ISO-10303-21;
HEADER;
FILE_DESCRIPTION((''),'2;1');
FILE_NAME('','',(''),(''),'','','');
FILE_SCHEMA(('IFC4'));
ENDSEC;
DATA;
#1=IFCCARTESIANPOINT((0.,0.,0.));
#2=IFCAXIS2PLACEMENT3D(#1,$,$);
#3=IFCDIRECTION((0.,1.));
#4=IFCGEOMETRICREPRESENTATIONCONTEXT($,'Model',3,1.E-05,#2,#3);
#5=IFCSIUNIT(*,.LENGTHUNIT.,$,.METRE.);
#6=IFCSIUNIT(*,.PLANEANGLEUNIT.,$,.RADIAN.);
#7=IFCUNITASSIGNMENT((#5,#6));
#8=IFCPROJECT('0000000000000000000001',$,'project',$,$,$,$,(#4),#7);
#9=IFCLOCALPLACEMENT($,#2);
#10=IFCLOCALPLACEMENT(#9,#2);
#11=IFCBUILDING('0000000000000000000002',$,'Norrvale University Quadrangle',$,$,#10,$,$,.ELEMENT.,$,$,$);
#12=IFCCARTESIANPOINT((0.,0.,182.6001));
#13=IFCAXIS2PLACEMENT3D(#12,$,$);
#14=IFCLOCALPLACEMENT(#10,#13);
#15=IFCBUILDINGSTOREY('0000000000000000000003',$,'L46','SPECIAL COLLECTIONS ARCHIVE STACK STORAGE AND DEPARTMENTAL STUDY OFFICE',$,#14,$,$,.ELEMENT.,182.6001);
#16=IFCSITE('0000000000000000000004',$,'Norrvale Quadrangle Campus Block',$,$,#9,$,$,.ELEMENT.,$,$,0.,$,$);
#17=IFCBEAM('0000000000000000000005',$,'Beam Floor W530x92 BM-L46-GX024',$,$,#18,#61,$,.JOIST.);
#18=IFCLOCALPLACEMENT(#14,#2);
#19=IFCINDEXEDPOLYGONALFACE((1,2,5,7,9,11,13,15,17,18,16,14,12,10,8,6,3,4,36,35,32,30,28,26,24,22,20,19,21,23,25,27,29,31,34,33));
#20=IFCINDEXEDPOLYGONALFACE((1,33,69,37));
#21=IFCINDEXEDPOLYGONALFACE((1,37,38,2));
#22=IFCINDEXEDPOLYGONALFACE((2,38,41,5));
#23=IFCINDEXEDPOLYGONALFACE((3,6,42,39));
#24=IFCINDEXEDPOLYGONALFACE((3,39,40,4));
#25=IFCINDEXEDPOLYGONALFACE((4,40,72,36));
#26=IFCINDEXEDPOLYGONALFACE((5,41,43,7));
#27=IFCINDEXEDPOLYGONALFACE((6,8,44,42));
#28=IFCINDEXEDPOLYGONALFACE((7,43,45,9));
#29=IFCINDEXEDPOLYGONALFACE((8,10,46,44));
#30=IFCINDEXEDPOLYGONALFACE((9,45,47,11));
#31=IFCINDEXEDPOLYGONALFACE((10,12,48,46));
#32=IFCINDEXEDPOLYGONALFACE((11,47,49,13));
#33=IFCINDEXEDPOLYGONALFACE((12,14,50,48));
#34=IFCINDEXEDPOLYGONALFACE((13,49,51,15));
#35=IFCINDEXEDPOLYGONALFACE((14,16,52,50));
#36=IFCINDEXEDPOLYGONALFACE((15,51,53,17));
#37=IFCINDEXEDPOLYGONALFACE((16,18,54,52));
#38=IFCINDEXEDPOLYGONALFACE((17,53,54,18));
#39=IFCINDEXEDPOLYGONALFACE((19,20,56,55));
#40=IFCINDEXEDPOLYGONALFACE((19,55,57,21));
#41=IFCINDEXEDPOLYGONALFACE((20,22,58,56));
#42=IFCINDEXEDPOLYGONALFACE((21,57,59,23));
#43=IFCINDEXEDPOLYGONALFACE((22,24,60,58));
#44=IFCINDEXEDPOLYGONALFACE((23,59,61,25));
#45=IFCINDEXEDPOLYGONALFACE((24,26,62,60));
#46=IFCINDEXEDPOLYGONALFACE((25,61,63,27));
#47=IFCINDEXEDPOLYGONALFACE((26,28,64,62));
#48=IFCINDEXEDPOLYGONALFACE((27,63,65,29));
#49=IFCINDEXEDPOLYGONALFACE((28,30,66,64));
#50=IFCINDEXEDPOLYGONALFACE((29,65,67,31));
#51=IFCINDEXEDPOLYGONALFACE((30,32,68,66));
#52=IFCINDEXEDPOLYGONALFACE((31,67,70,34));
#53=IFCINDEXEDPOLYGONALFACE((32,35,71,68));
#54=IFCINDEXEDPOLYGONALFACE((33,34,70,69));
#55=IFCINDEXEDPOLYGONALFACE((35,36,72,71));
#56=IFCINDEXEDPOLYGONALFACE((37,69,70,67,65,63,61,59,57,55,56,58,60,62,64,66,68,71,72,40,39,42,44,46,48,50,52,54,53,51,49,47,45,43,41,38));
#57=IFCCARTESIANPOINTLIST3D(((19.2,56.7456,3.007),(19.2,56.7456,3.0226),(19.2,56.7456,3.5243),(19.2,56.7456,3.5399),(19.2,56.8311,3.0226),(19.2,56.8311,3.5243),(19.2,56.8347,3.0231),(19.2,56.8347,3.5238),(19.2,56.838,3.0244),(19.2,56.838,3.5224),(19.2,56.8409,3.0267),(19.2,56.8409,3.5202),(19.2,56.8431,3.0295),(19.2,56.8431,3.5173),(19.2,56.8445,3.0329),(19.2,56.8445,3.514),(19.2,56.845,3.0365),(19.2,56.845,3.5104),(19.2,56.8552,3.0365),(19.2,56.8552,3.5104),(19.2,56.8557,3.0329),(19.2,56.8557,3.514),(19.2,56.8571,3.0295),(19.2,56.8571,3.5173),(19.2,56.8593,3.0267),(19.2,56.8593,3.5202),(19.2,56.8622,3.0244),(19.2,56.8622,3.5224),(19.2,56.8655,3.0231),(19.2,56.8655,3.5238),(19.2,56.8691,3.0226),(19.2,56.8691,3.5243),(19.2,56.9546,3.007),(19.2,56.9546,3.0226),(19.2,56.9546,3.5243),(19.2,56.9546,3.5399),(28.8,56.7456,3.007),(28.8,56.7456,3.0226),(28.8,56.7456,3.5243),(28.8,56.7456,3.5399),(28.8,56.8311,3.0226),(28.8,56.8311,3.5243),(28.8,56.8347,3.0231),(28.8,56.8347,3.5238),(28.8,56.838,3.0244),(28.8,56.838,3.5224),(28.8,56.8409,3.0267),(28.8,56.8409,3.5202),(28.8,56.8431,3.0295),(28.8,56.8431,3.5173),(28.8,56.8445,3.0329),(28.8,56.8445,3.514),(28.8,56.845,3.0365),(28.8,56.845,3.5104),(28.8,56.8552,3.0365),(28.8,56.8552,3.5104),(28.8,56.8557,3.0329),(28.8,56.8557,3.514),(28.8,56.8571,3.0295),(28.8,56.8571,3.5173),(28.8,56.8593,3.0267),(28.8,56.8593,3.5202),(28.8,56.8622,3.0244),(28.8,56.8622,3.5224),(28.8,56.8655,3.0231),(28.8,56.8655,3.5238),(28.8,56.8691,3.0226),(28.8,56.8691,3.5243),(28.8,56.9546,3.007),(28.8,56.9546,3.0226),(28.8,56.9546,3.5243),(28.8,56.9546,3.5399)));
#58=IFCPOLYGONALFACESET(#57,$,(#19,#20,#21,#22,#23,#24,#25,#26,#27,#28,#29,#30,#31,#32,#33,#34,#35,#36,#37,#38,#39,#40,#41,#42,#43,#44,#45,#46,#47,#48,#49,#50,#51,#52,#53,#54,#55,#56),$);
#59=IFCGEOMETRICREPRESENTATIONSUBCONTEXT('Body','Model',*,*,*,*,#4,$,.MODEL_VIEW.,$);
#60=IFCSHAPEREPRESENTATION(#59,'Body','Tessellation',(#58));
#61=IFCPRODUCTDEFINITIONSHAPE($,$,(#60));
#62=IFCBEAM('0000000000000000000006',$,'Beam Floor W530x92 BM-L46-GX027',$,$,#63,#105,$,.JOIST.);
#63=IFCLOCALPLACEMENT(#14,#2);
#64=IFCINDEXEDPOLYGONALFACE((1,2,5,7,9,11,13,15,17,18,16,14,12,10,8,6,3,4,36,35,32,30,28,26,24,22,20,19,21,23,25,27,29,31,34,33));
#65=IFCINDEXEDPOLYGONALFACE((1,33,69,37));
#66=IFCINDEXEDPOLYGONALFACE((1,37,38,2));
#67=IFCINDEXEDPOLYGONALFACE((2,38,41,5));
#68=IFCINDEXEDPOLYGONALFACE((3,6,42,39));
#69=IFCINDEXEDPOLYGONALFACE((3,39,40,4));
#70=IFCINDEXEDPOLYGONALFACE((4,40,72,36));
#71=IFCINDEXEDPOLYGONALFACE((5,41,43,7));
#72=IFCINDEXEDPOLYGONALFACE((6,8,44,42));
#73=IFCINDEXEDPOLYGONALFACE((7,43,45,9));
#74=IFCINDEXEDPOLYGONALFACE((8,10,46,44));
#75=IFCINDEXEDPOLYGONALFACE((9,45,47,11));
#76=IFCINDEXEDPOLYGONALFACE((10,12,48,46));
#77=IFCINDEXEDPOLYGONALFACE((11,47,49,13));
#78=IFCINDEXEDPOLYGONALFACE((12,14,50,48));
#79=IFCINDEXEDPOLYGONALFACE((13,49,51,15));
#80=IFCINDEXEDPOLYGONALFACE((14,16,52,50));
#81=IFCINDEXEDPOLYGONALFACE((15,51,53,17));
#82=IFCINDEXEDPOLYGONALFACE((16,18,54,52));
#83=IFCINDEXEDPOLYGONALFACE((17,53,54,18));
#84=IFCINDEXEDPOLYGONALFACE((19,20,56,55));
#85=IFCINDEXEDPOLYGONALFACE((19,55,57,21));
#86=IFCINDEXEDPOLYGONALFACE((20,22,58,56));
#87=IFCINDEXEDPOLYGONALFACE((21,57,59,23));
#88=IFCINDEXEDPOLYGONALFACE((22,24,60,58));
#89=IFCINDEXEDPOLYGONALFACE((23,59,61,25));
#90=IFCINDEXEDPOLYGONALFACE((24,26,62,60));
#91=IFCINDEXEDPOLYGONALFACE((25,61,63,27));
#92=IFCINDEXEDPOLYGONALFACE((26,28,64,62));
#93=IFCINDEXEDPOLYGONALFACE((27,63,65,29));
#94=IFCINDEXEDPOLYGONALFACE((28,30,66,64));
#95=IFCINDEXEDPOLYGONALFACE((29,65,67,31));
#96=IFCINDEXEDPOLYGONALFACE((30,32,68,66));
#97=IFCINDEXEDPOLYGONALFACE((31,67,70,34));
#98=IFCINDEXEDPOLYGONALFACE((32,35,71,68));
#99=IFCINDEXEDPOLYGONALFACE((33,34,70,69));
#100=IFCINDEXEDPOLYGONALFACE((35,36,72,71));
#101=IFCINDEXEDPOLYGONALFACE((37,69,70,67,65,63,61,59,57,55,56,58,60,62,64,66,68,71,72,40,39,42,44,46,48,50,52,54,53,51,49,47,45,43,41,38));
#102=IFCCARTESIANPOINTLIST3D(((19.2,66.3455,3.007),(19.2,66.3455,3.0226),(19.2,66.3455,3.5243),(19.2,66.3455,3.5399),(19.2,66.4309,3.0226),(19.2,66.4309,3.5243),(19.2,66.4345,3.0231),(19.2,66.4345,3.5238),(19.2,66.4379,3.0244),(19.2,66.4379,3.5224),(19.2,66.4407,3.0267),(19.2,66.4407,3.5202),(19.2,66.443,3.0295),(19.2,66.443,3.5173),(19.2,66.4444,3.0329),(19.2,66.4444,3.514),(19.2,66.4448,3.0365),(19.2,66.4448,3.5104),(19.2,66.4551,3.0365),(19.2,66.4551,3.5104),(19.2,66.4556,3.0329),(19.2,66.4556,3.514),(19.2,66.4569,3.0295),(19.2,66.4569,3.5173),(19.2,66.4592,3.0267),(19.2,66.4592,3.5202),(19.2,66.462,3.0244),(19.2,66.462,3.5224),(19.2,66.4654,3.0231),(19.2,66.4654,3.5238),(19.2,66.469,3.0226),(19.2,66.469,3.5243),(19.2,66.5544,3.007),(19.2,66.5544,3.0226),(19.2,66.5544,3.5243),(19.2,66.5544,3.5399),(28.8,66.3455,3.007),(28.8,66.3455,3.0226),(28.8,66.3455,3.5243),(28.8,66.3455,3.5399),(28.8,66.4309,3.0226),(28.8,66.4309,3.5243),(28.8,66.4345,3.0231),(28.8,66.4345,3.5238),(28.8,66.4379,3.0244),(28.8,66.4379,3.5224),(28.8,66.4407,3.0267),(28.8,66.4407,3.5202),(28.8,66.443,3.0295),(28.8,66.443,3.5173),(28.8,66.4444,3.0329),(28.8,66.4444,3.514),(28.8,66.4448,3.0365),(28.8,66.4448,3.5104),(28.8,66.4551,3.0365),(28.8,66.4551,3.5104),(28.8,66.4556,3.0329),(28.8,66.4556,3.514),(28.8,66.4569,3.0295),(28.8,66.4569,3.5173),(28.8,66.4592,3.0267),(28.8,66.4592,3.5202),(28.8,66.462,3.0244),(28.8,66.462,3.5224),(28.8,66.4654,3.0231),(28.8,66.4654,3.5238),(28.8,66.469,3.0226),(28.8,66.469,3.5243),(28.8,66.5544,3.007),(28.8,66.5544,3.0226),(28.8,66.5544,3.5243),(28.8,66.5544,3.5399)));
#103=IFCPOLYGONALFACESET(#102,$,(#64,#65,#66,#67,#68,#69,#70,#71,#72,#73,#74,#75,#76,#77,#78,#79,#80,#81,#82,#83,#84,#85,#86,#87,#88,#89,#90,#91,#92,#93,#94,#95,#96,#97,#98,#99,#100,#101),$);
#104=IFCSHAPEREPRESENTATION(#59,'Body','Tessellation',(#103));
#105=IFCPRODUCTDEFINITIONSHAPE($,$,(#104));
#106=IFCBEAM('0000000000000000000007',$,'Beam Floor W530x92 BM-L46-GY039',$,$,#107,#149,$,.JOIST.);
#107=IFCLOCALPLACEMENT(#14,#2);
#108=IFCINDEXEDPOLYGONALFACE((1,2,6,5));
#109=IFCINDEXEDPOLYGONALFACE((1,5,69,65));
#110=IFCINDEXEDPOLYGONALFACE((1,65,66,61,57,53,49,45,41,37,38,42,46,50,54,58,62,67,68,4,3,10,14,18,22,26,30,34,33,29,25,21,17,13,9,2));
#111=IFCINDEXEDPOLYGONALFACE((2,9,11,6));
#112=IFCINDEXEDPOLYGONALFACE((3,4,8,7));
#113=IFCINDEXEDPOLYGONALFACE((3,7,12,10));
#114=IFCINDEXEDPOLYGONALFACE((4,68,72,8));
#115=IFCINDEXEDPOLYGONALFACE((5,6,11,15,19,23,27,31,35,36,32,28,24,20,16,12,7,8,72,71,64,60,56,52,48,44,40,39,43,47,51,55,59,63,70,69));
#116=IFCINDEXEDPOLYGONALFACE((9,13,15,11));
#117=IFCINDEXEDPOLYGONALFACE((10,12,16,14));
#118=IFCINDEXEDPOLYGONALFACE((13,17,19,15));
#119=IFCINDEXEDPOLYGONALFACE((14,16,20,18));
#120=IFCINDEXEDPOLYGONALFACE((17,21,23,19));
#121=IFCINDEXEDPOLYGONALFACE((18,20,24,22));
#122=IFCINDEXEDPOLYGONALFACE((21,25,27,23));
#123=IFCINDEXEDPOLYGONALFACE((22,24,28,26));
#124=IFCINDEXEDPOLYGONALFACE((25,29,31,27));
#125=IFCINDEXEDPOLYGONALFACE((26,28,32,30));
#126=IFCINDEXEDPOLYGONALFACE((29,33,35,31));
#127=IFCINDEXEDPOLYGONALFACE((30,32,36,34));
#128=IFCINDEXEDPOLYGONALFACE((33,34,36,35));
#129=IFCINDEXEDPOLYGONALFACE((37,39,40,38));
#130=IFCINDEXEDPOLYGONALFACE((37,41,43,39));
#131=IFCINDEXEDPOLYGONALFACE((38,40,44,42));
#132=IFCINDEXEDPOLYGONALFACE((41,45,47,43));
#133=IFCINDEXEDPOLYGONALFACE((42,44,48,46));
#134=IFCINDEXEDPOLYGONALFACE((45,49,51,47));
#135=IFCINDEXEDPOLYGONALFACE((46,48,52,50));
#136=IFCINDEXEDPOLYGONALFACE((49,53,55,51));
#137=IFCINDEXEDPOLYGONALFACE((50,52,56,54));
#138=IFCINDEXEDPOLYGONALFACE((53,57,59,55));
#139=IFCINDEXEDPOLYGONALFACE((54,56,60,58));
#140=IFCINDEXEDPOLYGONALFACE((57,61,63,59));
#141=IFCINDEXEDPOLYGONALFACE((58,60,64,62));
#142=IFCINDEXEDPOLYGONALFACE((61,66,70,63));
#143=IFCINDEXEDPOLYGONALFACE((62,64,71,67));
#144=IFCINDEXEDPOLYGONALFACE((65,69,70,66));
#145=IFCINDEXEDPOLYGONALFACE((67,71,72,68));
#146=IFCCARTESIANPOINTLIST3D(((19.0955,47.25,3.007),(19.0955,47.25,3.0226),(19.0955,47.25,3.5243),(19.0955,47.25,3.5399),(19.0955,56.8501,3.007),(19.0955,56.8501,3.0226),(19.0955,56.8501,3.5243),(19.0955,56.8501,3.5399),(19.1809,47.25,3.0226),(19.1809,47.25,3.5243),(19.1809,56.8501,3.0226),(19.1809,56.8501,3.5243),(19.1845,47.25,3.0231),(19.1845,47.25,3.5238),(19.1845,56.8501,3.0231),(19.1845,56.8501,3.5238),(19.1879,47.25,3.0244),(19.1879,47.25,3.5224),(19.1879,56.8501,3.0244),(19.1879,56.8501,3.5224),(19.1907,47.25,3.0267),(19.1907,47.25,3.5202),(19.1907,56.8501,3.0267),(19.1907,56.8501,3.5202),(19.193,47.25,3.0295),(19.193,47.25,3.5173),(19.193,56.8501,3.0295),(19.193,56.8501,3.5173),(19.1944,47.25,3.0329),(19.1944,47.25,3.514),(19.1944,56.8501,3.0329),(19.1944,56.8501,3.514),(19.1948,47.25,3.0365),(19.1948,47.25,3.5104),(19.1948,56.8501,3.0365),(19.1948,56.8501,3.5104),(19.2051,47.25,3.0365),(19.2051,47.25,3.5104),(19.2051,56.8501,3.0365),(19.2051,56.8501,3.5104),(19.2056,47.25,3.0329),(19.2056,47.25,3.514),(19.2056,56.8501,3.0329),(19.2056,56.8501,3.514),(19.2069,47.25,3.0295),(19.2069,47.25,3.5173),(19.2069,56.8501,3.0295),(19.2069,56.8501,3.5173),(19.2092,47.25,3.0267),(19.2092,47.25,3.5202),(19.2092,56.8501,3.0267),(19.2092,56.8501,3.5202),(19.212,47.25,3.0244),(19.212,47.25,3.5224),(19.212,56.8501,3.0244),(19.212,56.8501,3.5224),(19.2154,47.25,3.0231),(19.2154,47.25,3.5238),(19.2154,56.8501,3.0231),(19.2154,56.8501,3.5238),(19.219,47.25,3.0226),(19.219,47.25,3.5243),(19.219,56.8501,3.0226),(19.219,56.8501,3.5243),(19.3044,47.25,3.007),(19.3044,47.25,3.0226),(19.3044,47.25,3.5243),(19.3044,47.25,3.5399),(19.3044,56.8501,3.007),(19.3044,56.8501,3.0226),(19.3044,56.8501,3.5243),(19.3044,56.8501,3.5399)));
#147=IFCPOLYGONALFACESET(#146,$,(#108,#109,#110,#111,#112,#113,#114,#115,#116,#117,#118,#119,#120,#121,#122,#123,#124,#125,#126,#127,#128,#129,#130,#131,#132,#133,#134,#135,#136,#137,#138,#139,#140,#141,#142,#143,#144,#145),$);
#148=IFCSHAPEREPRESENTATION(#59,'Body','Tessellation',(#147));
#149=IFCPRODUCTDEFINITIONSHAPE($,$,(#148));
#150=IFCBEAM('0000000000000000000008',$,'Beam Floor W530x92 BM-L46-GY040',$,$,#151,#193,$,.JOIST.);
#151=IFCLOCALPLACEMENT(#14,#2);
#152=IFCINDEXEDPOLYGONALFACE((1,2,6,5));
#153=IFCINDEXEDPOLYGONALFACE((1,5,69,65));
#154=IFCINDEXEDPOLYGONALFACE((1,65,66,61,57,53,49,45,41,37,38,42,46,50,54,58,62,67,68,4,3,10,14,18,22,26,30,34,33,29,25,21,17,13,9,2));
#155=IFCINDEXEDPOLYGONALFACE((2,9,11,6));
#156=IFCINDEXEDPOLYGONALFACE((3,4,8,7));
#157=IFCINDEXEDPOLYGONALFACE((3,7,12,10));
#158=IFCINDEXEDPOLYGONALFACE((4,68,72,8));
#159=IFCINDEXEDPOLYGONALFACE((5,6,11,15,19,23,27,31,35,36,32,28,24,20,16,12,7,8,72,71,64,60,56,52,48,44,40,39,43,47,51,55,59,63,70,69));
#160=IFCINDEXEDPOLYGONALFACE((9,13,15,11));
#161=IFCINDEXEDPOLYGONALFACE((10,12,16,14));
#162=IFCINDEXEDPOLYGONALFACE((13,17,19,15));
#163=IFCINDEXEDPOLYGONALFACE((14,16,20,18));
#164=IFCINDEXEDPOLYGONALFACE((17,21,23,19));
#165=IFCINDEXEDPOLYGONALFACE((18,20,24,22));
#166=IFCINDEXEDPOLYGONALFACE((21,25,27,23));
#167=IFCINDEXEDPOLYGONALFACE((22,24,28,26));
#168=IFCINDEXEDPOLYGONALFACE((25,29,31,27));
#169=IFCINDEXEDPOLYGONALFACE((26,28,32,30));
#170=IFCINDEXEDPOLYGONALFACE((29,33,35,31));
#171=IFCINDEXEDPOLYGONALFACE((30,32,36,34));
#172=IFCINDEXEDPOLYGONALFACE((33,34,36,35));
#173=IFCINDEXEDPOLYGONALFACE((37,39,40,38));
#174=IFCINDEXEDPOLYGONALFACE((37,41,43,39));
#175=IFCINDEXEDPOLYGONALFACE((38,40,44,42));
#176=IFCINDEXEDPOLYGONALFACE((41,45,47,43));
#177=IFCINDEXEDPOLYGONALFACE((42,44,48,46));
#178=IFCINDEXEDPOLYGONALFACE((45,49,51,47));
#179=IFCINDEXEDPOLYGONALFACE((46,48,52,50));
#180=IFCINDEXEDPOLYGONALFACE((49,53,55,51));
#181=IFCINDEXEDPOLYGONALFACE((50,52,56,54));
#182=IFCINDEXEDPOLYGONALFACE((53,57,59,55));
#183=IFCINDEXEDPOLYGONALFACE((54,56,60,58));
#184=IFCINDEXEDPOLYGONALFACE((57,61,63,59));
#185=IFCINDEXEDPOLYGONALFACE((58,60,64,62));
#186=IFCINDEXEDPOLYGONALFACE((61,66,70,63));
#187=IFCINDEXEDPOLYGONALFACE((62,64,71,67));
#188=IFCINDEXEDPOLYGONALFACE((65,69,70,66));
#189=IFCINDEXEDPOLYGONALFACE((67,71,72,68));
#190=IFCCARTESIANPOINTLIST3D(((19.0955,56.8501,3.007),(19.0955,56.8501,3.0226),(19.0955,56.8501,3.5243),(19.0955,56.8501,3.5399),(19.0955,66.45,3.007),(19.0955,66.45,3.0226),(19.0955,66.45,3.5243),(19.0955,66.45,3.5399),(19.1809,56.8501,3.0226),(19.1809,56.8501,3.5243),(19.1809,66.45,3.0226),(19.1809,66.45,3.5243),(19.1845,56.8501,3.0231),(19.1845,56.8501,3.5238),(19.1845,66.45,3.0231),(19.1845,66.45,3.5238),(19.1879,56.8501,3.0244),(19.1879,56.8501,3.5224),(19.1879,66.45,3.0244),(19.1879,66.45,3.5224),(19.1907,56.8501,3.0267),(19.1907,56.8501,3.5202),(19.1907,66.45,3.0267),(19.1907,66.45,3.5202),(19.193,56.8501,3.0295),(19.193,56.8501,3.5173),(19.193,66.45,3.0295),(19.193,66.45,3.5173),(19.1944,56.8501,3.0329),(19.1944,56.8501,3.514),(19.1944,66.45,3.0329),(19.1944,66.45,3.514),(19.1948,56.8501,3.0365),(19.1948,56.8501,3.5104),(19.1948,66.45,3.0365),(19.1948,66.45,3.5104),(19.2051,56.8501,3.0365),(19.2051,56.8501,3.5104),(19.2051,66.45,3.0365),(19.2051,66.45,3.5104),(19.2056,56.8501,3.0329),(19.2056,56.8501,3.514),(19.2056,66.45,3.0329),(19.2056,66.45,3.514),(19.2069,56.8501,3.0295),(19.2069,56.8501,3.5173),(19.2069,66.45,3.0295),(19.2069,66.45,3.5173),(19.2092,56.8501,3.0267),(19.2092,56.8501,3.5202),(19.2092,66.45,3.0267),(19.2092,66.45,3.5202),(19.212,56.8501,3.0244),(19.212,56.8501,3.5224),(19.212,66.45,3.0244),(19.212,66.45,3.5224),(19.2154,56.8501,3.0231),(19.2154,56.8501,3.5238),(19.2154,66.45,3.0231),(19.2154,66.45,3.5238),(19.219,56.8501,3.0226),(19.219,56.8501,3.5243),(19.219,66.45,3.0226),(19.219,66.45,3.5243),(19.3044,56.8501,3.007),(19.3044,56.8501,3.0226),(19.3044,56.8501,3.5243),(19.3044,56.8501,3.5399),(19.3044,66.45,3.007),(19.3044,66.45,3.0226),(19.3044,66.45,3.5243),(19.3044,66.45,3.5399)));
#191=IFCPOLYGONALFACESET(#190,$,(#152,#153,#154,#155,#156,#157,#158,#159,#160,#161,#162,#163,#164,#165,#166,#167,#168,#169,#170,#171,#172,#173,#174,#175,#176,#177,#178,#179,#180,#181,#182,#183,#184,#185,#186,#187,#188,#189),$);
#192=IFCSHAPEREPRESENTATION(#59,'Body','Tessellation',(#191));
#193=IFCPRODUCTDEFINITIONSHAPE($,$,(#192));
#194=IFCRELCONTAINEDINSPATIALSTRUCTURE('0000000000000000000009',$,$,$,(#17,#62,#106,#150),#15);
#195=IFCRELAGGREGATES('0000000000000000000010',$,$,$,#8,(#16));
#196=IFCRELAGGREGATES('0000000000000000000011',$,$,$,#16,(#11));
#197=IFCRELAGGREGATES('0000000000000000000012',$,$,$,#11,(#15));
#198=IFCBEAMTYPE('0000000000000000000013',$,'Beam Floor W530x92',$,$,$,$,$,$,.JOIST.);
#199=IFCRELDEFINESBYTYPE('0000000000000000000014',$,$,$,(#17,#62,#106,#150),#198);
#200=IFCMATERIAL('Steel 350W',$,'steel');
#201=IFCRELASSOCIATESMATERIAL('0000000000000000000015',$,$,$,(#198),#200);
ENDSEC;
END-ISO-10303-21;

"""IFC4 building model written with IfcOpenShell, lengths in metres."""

from ifc_helpers import new_model, si_unit, direction, frame, origin, origin_2d, place, context, subcontext, project, spatial, i_section, extrude, material, material_profile, profile_set, type_object, element, save


model = new_model("IFC4")

# Units and contexts
model_context = context("Model", 3, precision=1e-05, world=origin(), true_north=direction((0.0, 1.0)))
body_context = subcontext(model_context, "Body", "Model", "MODEL_VIEW")
ifc_project = project(units=[si_unit("LENGTHUNIT", "METRE"), si_unit("PLANEANGLEUNIT", "RADIAN")], contexts=[model_context])

# Site, building, storey
site_placement = place(None, origin())
site = spatial("IfcSite", under=ifc_project, at=site_placement, Name="Norrvale Quadrangle Campus Block", CompositionType="ELEMENT", RefElevation=0.0)
building_placement = place(site_placement, origin())
building = spatial("IfcBuilding", under=site, at=building_placement, Name="Norrvale University Quadrangle", CompositionType="ELEMENT")
storey_placement = place(building_placement, frame((0.0, 0.0, 182.6001)))
storey = spatial("IfcBuildingStorey", under=building, at=storey_placement, Name="L46", Description="SPECIAL COLLECTIONS ARCHIVE STACK STORAGE AND DEPARTMENTAL STUDY OFFICE", CompositionType="ELEMENT", Elevation=182.6001)

# Beams
ifc_material_1 = material(Name="Steel 350W", Category="steel")
ifc_material_profile_1 = material_profile(ifc_material_1, i_section(OverallWidth=0.209, OverallDepth=0.533, WebThickness=0.0103, FlangeThickness=0.0156, FilletRadius=0.0139, at=origin_2d()), Name="Steel 350W")
ifc_profile_set_1 = profile_set([ifc_material_profile_1], Name="Steel 350W")
beam_type_1 = type_object("IfcBeamType", Name="Beam Floor W530x92", PredefinedType="JOIST", material=ifc_profile_set_1)
for number, where, z_axis, x_axis, name in (
    (1, (19.2, 56.8501, 3.2734), (1.0, 0.0, 0.0), (0.0, 1.0, 0.0), "Beam Floor W530x92 BM-L46-GX024"),
    (2, (19.2, 66.45, 3.2734), (1.0, 0.0, 0.0), (0.0, 1.0, 0.0), "Beam Floor W530x92 BM-L46-GX027"),
    (3, (19.2, 47.25, 3.2734), (0.0, 1.0, 0.0), (-1.0, 0.0, 0.0), "Beam Floor W530x92 BM-L46-GY039"),
):
    element("IfcBeam", number, at=place(storey_placement, frame(where, z_axis=z_axis, x_axis=x_axis)), inside=storey, type_object=beam_type_1, Name=name, PredefinedType="JOIST", context=body_context, shape_type="SweptSolid", body=[
        extrude(i_section(OverallWidth=0.209, OverallDepth=0.533, WebThickness=0.0103, FlangeThickness=0.0156, FilletRadius=0.0139, at=origin_2d()), origin(), (0.0, 0.0, 1.0), 9.6001),
    ])
beam_1_placement = place(storey_placement, frame((19.2, 56.8501, 3.2734), z_axis=(0.0, 1.0, 0.0), x_axis=(-1.0, 0.0, 0.0)))
element("IfcBeam", 4, at=beam_1_placement, inside=storey, type_object=beam_type_1, Name="Beam Floor W530x92 BM-L46-GY040", PredefinedType="JOIST", context=body_context, shape_type="SweptSolid", body=[
    extrude(i_section(OverallWidth=0.209, OverallDepth=0.533, WebThickness=0.0103, FlangeThickness=0.0156, FilletRadius=0.0139, at=origin_2d()), origin(), (0.0, 0.0, 1.0), 9.5999),
])

save(model, "model.ifc")
